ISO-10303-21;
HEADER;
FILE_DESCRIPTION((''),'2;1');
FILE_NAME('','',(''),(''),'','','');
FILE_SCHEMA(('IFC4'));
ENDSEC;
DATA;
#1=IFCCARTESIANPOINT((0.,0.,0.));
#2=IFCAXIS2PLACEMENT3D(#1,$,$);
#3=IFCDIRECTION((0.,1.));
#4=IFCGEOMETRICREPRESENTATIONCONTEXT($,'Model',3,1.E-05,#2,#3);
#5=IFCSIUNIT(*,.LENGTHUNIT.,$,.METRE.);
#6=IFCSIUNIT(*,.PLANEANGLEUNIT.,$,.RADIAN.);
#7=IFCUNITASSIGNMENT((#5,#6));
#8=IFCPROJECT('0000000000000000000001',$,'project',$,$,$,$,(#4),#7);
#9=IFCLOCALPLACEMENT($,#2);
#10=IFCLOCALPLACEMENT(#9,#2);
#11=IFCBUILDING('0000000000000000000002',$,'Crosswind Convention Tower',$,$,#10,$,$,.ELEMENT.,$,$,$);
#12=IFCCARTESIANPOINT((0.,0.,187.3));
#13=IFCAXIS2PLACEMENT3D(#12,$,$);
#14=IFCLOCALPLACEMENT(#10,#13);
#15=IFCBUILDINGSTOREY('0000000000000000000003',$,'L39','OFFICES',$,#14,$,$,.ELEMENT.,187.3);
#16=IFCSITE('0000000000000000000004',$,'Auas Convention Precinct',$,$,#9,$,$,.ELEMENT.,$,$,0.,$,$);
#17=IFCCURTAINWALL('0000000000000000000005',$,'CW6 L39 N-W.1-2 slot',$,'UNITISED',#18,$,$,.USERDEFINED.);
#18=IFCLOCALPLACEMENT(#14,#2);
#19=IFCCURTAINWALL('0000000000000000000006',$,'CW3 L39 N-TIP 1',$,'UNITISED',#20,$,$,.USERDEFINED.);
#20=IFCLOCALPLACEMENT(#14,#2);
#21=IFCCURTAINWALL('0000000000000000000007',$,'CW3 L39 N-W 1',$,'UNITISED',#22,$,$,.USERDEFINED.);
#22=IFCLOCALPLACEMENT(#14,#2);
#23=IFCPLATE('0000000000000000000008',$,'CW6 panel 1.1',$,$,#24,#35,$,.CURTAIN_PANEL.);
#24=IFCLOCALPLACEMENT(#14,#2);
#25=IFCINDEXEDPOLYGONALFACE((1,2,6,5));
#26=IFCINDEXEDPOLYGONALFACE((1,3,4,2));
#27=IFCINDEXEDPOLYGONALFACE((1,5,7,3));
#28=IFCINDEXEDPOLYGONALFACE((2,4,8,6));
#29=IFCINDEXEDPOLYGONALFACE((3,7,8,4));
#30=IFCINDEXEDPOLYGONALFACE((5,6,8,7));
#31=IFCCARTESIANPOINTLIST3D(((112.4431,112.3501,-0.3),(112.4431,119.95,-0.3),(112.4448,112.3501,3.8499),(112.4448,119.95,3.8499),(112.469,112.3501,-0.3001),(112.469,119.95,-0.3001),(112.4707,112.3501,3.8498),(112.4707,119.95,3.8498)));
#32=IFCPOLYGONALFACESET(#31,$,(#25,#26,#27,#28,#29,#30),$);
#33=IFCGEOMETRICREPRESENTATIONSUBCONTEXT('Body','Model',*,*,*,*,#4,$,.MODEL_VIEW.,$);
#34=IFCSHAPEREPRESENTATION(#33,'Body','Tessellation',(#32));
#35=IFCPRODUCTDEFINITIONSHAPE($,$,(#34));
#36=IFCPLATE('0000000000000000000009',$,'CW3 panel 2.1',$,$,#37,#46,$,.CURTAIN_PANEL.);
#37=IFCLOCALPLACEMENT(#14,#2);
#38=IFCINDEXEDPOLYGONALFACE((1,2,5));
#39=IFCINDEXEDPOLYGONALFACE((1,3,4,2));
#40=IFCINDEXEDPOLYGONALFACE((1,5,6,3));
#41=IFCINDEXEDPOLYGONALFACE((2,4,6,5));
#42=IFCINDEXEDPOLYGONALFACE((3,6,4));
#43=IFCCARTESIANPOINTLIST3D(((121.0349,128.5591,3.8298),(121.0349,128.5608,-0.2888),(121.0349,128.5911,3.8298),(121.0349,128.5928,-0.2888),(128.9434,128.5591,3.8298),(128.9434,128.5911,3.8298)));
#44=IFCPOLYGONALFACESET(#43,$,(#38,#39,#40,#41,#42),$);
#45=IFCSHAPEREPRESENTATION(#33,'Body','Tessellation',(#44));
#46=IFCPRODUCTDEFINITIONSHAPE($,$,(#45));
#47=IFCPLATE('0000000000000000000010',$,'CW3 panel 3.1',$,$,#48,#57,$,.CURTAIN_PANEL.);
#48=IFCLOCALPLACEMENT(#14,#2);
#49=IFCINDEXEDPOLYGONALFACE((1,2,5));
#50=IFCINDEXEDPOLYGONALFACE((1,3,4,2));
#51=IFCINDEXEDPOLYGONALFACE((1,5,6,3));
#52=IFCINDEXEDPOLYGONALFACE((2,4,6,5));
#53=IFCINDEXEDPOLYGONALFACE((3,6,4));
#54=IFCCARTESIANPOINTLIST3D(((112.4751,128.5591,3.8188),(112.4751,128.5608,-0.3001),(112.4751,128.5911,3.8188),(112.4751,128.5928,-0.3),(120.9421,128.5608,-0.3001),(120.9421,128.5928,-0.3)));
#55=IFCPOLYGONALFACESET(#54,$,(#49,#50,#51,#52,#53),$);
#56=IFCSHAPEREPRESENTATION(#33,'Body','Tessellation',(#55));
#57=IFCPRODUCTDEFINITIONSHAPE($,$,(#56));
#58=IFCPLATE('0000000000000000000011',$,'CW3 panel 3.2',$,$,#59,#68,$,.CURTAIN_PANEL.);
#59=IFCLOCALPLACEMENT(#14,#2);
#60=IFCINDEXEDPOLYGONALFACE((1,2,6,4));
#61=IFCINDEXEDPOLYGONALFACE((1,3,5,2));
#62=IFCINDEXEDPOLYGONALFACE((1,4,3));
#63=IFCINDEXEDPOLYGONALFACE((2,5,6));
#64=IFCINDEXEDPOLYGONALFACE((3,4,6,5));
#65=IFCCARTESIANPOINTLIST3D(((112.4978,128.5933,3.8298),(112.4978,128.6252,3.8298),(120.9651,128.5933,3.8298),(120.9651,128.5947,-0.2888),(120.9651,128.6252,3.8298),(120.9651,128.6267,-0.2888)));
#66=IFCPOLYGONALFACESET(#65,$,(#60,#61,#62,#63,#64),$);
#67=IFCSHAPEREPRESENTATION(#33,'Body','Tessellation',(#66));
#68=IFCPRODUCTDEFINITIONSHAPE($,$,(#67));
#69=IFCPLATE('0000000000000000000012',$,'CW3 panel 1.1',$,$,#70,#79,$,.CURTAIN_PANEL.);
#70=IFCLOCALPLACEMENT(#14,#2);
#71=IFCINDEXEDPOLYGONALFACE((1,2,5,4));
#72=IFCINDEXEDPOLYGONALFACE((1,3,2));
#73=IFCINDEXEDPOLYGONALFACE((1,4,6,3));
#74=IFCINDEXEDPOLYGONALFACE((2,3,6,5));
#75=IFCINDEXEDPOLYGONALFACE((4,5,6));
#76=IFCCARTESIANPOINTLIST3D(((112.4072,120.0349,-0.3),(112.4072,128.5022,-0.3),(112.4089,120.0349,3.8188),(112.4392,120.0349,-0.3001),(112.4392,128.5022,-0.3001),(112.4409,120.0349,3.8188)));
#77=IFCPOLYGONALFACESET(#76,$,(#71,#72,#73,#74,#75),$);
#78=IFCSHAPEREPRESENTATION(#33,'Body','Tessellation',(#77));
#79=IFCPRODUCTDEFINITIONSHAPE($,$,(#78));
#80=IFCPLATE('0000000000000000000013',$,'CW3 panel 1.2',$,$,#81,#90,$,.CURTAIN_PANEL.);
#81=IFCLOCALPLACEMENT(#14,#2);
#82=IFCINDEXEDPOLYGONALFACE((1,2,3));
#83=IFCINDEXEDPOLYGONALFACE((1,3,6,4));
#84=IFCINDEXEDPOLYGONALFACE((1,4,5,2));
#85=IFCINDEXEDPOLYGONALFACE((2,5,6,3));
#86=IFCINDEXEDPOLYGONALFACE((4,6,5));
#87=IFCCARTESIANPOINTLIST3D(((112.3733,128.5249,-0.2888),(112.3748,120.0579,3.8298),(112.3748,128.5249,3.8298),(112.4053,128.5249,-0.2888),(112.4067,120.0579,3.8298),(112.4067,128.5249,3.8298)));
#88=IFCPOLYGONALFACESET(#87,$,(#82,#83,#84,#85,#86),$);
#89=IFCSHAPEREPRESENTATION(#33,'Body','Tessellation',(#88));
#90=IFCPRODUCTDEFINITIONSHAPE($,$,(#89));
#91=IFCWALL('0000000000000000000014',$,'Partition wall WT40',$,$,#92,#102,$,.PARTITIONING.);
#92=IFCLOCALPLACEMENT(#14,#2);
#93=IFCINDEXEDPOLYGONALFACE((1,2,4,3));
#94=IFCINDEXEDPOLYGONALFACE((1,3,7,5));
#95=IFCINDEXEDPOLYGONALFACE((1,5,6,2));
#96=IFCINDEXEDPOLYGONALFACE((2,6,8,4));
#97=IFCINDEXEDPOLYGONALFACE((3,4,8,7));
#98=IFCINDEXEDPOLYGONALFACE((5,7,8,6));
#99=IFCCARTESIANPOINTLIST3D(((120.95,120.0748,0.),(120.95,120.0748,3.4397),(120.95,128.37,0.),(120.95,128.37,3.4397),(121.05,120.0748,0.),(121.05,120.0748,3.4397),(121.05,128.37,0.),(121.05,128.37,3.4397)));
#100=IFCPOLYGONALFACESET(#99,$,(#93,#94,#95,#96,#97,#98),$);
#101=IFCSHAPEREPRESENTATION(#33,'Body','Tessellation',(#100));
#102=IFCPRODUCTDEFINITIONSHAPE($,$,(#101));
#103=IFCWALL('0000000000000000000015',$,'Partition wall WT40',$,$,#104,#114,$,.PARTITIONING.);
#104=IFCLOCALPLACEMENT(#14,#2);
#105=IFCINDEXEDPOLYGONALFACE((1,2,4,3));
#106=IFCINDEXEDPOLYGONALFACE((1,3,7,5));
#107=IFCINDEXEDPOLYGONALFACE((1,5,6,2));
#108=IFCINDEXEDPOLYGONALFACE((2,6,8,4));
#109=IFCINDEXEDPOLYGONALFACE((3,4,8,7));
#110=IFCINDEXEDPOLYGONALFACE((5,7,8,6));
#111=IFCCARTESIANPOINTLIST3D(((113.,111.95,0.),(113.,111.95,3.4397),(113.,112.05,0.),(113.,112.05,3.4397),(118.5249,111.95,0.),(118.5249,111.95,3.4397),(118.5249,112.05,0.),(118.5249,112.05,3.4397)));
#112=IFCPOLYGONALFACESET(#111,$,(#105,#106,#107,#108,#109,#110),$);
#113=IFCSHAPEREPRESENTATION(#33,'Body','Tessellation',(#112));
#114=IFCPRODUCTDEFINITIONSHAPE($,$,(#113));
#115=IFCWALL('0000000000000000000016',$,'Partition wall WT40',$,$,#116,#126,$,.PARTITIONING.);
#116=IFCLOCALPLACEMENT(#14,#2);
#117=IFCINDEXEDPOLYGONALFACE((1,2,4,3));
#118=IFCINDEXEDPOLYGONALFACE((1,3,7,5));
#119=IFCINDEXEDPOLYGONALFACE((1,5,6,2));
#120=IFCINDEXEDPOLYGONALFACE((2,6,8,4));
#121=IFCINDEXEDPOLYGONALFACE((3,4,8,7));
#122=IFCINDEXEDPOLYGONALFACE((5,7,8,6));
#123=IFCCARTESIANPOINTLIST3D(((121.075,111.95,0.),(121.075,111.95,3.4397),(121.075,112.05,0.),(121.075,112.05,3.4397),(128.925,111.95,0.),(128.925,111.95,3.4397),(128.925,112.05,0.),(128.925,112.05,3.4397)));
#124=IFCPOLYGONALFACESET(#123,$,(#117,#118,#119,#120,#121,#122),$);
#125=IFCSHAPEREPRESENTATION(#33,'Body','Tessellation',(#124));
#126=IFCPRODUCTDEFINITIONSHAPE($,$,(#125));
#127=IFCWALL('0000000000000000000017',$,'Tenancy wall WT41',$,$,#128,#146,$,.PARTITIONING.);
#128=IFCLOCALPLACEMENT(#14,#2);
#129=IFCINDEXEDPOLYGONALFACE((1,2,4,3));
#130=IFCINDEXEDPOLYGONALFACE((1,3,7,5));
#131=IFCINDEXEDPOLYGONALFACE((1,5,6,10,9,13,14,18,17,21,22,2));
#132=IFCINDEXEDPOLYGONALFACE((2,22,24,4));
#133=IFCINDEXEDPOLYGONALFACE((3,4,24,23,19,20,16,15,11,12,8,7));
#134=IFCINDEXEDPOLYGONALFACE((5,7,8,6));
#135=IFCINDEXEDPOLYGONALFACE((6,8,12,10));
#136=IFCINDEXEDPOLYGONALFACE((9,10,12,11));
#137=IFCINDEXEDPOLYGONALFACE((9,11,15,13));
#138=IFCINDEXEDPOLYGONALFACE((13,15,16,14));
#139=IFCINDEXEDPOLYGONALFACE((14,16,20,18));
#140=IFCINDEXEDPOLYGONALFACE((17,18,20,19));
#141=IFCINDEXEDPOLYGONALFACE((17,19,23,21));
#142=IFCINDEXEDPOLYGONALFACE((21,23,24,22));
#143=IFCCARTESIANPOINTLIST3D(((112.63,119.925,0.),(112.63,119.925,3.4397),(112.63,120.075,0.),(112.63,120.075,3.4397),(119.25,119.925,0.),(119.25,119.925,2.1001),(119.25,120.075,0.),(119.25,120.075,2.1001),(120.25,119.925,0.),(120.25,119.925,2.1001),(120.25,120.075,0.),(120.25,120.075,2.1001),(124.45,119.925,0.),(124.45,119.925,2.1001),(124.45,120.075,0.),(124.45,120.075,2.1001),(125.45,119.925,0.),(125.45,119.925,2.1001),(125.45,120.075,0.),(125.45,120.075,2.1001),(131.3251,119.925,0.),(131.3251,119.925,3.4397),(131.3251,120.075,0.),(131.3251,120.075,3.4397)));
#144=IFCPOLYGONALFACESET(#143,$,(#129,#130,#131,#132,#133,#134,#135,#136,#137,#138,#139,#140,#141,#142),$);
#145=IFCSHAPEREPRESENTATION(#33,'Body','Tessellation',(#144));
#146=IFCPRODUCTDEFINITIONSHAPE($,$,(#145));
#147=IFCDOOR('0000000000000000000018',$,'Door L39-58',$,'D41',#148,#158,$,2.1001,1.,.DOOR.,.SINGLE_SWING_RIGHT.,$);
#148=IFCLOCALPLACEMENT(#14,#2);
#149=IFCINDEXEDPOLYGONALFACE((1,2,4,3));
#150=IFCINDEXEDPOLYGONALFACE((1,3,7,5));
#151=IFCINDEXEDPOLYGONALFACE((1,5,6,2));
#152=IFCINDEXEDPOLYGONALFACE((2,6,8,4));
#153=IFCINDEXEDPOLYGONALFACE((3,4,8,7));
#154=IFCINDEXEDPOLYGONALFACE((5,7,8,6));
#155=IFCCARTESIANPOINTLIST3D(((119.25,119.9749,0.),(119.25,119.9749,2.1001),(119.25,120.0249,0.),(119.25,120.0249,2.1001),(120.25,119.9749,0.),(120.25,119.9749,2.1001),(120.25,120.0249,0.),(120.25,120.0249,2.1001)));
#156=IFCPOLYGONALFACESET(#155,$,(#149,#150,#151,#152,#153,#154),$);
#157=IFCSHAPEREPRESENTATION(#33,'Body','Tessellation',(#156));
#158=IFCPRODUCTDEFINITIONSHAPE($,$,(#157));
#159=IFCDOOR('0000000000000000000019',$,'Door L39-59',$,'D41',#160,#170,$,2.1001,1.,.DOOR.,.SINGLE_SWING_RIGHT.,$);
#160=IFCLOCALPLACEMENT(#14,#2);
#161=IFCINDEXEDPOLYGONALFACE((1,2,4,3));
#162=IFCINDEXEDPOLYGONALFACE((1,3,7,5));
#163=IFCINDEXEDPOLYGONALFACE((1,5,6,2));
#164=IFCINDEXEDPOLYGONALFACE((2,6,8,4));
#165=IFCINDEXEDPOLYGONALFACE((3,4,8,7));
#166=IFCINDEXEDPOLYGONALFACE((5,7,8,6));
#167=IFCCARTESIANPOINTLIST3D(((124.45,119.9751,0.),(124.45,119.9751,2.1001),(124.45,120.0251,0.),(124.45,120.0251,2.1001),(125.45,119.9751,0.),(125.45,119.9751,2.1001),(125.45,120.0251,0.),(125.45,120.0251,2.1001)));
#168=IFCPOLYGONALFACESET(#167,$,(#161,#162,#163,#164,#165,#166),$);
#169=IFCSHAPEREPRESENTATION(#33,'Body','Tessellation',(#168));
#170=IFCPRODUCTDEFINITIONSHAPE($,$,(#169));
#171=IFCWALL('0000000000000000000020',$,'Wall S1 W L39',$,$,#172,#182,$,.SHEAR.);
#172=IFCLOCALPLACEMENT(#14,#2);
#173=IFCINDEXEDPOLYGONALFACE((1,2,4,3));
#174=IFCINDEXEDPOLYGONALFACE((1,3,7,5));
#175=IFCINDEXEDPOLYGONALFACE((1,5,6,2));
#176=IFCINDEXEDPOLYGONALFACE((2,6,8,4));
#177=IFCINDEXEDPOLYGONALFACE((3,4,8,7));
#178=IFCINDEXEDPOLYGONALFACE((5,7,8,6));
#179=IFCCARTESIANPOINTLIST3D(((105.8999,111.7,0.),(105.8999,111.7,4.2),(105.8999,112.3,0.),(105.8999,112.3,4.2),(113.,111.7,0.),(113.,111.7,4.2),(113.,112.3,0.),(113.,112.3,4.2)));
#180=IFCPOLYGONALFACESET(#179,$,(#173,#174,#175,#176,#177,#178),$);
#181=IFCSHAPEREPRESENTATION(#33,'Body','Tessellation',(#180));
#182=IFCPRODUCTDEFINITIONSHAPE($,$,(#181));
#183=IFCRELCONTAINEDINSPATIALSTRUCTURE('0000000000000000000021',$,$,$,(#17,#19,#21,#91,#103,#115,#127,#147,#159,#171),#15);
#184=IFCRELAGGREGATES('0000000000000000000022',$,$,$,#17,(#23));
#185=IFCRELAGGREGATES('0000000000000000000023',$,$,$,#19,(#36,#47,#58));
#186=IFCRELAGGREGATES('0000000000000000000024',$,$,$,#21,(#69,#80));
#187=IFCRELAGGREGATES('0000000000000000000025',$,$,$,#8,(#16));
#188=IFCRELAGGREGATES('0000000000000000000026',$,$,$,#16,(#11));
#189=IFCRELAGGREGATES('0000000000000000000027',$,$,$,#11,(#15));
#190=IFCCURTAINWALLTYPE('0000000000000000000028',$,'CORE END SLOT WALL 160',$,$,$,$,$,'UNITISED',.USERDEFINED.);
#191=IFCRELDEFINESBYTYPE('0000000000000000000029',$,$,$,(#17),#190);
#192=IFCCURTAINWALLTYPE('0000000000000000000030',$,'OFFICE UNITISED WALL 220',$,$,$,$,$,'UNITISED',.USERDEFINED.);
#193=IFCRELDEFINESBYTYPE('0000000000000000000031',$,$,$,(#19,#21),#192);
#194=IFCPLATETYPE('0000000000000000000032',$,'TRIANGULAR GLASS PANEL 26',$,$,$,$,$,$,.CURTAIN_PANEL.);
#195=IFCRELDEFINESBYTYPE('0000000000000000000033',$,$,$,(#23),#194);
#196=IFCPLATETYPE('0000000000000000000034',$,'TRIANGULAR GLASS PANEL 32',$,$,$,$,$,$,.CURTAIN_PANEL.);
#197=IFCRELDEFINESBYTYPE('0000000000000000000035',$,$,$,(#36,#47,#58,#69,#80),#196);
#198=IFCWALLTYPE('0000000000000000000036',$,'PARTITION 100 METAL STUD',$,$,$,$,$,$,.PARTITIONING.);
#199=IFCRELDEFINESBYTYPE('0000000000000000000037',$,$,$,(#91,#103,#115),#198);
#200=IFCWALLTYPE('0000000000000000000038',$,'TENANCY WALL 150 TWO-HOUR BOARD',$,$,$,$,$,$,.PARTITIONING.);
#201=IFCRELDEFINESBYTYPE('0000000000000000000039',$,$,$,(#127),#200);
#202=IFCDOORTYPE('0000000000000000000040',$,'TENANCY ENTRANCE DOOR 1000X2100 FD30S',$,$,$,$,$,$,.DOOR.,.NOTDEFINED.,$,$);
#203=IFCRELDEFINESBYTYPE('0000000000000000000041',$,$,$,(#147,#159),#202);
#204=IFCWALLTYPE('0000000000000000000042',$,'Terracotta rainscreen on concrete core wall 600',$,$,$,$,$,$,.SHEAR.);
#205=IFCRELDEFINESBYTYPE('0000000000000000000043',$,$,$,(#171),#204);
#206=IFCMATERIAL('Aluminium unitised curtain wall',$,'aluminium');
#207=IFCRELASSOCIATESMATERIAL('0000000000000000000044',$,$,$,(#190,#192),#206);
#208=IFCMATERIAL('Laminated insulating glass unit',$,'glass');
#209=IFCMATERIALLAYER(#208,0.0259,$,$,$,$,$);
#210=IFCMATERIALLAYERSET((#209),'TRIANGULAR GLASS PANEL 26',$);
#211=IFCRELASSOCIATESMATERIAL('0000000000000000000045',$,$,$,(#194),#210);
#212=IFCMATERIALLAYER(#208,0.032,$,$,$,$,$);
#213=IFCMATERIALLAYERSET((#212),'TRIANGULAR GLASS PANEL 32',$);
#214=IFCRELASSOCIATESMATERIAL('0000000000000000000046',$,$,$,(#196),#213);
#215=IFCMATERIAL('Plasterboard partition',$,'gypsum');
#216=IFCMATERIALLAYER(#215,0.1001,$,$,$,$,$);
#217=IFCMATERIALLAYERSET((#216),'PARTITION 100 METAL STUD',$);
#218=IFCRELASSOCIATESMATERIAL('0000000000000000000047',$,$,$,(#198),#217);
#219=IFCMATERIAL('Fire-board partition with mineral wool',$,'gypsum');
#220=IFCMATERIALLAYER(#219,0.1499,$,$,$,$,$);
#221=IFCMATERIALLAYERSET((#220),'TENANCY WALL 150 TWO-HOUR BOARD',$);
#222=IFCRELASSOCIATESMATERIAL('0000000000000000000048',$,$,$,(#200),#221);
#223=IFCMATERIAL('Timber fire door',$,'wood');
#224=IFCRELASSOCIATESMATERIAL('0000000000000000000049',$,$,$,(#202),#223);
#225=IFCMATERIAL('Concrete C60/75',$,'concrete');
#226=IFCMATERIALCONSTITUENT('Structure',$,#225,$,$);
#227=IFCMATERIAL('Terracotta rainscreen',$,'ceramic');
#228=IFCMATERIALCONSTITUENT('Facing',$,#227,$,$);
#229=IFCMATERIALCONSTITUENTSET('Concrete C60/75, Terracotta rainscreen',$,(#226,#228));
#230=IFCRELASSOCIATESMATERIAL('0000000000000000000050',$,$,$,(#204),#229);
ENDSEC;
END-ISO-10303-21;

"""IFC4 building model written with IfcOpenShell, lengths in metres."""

from ifc_helpers import new_model, si_unit, direction, frame, frame_2d, origin, place, context, subcontext, project, spatial, polyline, rectangle, outline, extrude, material, layer, layer_set, constituent, constituent_set, type_object, element, fill, aggregate, save


model = new_model("IFC4")

# Units and contexts
model_context = context("Model", 3, precision=1e-05, world=origin(), true_north=direction((0.0, 1.0)))
body_context = subcontext(model_context, "Body", "Model", "MODEL_VIEW")
ifc_project = project(units=[si_unit("LENGTHUNIT", "METRE"), si_unit("PLANEANGLEUNIT", "RADIAN")], contexts=[model_context])

# Site, building, storey
site_placement = place(None, origin())
site = spatial("IfcSite", under=ifc_project, at=site_placement, Name="Auas Convention Precinct", CompositionType="ELEMENT", RefElevation=0.0)
building_placement = place(site_placement, origin())
building = spatial("IfcBuilding", under=site, at=building_placement, Name="Crosswind Convention Tower", CompositionType="ELEMENT")
storey_placement = place(building_placement, frame((0.0, 0.0, 187.3)))
storey = spatial("IfcBuildingStorey", under=building, at=storey_placement, Name="L39", Description="OFFICES", CompositionType="ELEMENT", Elevation=187.3)

# Shared definitions
ifc_material_1 = material(Name="Concrete C60/75", Category="concrete")

# Curtain walls
ifc_material_2 = material(Name="Aluminium unitised curtain wall", Category="aluminium")
curtain_wall_type_1 = type_object("IfcCurtainWallType", Name="CORE END SLOT WALL 160", ElementType="UNITISED", PredefinedType="USERDEFINED", material=ifc_material_2)
curtain_wall_1_placement = place(storey_placement, origin())
curtain_wall_1 = element("IfcCurtainWall", 1, at=curtain_wall_1_placement, inside=storey, type_object=curtain_wall_type_1, Name="CW6 L39 N-W.1-2 slot", ObjectType="UNITISED", PredefinedType="USERDEFINED")
curtain_wall_type_2 = type_object("IfcCurtainWallType", Name="OFFICE UNITISED WALL 220", ElementType="UNITISED", PredefinedType="USERDEFINED", material=ifc_material_2)
curtain_wall_2_placement = place(storey_placement, origin())
curtain_wall_2 = element("IfcCurtainWall", 2, at=curtain_wall_2_placement, inside=storey, type_object=curtain_wall_type_2, Name="CW3 L39 N-TIP 1", ObjectType="UNITISED", PredefinedType="USERDEFINED")

# Curtain wall
curtain_wall_3_placement = place(storey_placement, origin())
curtain_wall_3 = element("IfcCurtainWall", 3, at=curtain_wall_3_placement, inside=storey, type_object=curtain_wall_type_2, Name="CW3 L39 N-W 1", ObjectType="UNITISED", PredefinedType="USERDEFINED")

# Plates
ifc_material_3 = material(Name="Laminated insulating glass unit", Category="glass")
ifc_layer_1 = layer(ifc_material_3, 0.0259)
ifc_layer_set_1 = layer_set([ifc_layer_1], Name="TRIANGULAR GLASS PANEL 26")
plate_type_1 = type_object("IfcPlateType", Name="TRIANGULAR GLASS PANEL 26", PredefinedType="CURTAIN_PANEL", material=ifc_layer_set_1)
plate_1_placement = place(storey_placement, frame((112.4431, 119.95, -0.3), z_axis=(-1.0, 0.0, 0.000412), x_axis=(0.0, -1.0, 0.0)))
plate_1 = element("IfcPlate", 4, at=plate_1_placement, type_object=plate_type_1, Name="CW6 panel 1.1", PredefinedType="CURTAIN_PANEL", context=body_context, shape_type="SweptSolid", body=[
    extrude(outline(polyline([(0.0, 0.0), (7.5999, 0.0), (7.5999, 4.1499), (0.0, 4.1499), (0.0, 0.0)])), origin(), (0.0, 0.0, -1.0), 0.0259),
])
aggregate(curtain_wall_1, [plate_1])
ifc_layer_2 = layer(ifc_material_3, 0.032)
ifc_layer_set_2 = layer_set([ifc_layer_2], Name="TRIANGULAR GLASS PANEL 32")
plate_type_2 = type_object("IfcPlateType", Name="TRIANGULAR GLASS PANEL 32", PredefinedType="CURTAIN_PANEL", material=ifc_layer_set_2)
plate_2_placement = place(storey_placement, frame((121.0349, 128.5911, 3.8298), z_axis=(0.0, 1.0, 0.000415), x_axis=(1.0, 0.0, 0.0)))
plate_2 = element("IfcPlate", 5, at=plate_2_placement, type_object=plate_type_2, Name="CW3 panel 2.1", PredefinedType="CURTAIN_PANEL", context=body_context, shape_type="SweptSolid", body=[
    extrude(outline(polyline([(0.0, 0.0), (7.9084, 0.0), (0.0, 4.1187), (0.0, 0.0)])), origin(), (0.0, 0.0, -1.0), 0.032),
])
plate_3_placement = place(storey_placement, frame((112.4751, 128.5928, -0.3), z_axis=(0.0, 1.0, 0.000415), x_axis=(0.0, -0.000415, 1.0)))
plate_3 = element("IfcPlate", 6, at=plate_3_placement, type_object=plate_type_2, Name="CW3 panel 3.1", PredefinedType="CURTAIN_PANEL", context=body_context, shape_type="SweptSolid", body=[
    extrude(outline(polyline([(0.0, 0.0), (4.1189, 0.0), (0.0, 8.467), (0.0, 0.0)])), origin(), (0.0, 0.0, -1.0), 0.032),
])
plate_4_placement = place(storey_placement, frame((120.9651, 128.6252, 3.8298), z_axis=(0.0, 1.0, 0.000356), x_axis=(0.0, 0.000356, -1.0)))
plate_4 = element("IfcPlate", 7, at=plate_4_placement, type_object=plate_type_2, Name="CW3 panel 3.2", PredefinedType="CURTAIN_PANEL", context=body_context, shape_type="SweptSolid", body=[
    extrude(outline(polyline([(0.0, 0.0), (4.1187, 0.0), (0.0, 8.4673), (0.0, 0.0)])), origin(), (0.0, 0.0, -1.0), 0.032),
])
aggregate(curtain_wall_2, [plate_2, plate_3, plate_4])
plate_5_placement = place(storey_placement, frame((112.4072, 120.0349, -0.3), z_axis=(-1.0, 0.0, 0.000415), x_axis=(0.000415, 0.0, 1.0)))
plate_5 = element("IfcPlate", 8, at=plate_5_placement, type_object=plate_type_2, Name="CW3 panel 1.1", PredefinedType="CURTAIN_PANEL", context=body_context, shape_type="SweptSolid", body=[
    extrude(outline(polyline([(0.0, 0.0), (4.1189, 0.0), (0.0, 8.4673), (0.0, 0.0)])), origin(), (0.0, 0.0, -1.0), 0.032),
])
plate_6_placement = place(storey_placement, frame((112.3748, 128.5249, 3.8298), z_axis=(-1.0, 0.0, 0.000356), x_axis=(-0.000356, 0.0, -1.0)))
plate_6 = element("IfcPlate", 9, at=plate_6_placement, type_object=plate_type_2, Name="CW3 panel 1.2", PredefinedType="CURTAIN_PANEL", context=body_context, shape_type="SweptSolid", body=[
    extrude(outline(polyline([(0.0, 0.0), (4.1187, 0.0), (0.0, 8.467), (0.0, 0.0)])), origin(), (0.0, 0.0, -1.0), 0.032),
])

# Walls
ifc_material_4 = material(Name="Plasterboard partition", Category="gypsum")
ifc_layer_3 = layer(ifc_material_4, 0.1001)
ifc_layer_set_3 = layer_set([ifc_layer_3], Name="PARTITION 100 METAL STUD")
wall_type_1 = type_object("IfcWallType", Name="PARTITION 100 METAL STUD", PredefinedType="PARTITIONING", material=ifc_layer_set_3)
wall_1_placement = place(storey_placement, frame((121.0, 120.075, 0.0), z_axis=(0.0, 0.0, 1.0), x_axis=(0.0, 1.0, 0.0)))
element("IfcWall", 10, at=wall_1_placement, inside=storey, type_object=wall_type_1, Name="Partition wall WT40", PredefinedType="PARTITIONING", context=body_context, shape_type="SweptSolid", body=[
    extrude(rectangle(XDim=8.2952, YDim=0.1001, at=frame_2d((4.1475, 0.0))), origin(), (0.0, 0.0, 1.0), 3.4397),
])
wall_2_placement = place(storey_placement, frame((113.0, 112.0, 0.0), z_axis=(0.0, 0.0, 1.0), x_axis=(1.0, 0.0, 0.0)))
element("IfcWall", 11, at=wall_2_placement, inside=storey, type_object=wall_type_1, Name="Partition wall WT40", PredefinedType="PARTITIONING", context=body_context, shape_type="SweptSolid", body=[
    extrude(rectangle(XDim=5.5249, YDim=0.1001, at=frame_2d((2.7625, 0.0))), origin(), (0.0, 0.0, 1.0), 3.4397),
])
wall_3_placement = place(storey_placement, frame((121.075, 112.0, 0.0), z_axis=(0.0, 0.0, 1.0), x_axis=(1.0, 0.0, 0.0)))
element("IfcWall", 12, at=wall_3_placement, inside=storey, type_object=wall_type_1, Name="Partition wall WT40", PredefinedType="PARTITIONING", context=body_context, shape_type="SweptSolid", body=[
    extrude(rectangle(XDim=7.8501, YDim=0.1001, at=frame_2d((3.925, 0.0))), origin(), (0.0, 0.0, 1.0), 3.4397),
])

# Wall, openings, doors
ifc_material_5 = material(Name="Fire-board partition with mineral wool", Category="gypsum")
ifc_layer_4 = layer(ifc_material_5, 0.1499)
ifc_layer_set_4 = layer_set([ifc_layer_4], Name="TENANCY WALL 150 TWO-HOUR BOARD")
wall_type_2 = type_object("IfcWallType", Name="TENANCY WALL 150 TWO-HOUR BOARD", PredefinedType="PARTITIONING", material=ifc_layer_set_4)
wall_4_placement = place(storey_placement, frame((112.6299, 120.0, 0.0), z_axis=(0.0, 0.0, 1.0), x_axis=(1.0, 0.0, 0.0)))
wall_4 = element("IfcWall", 13, at=wall_4_placement, inside=storey, type_object=wall_type_2, Name="Tenancy wall WT41", PredefinedType="PARTITIONING", context=body_context, shape_type="SweptSolid", body=[
    extrude(rectangle(XDim=18.6951, YDim=0.1499, at=frame_2d((9.3477, 0.0))), origin(), (0.0, 0.0, 1.0), 3.4397),
])
opening_1_placement = place(wall_4_placement, frame((6.6201, 0.0, 0.0)))
opening_1 = element("IfcOpeningElement", 14, at=opening_1_placement, cuts=wall_4, PredefinedType="OPENING", context=body_context, shape_type="SweptSolid", body=[
    extrude(rectangle(XDim=1.0, YDim=2.1001, at=frame_2d((0.5, 1.05))), frame((0.0, 0.085, 0.0), z_axis=(0.0, -1.0, 0.0), x_axis=(1.0, 0.0, 0.0)), (0.0, 0.0, 1.0), 0.1699),
])
opening_2_placement = place(wall_4_placement, frame((11.8201, 0.0, 0.0)))
opening_2 = element("IfcOpeningElement", 15, at=opening_2_placement, cuts=wall_4, PredefinedType="OPENING", context=body_context, shape_type="SweptSolid", body=[
    extrude(rectangle(XDim=1.0, YDim=2.1001, at=frame_2d((0.5, 1.05))), frame((0.0, 0.085, 0.0), z_axis=(0.0, -1.0, 0.0), x_axis=(1.0, 0.0, 0.0)), (0.0, 0.0, 1.0), 0.1699),
])
ifc_material_6 = material(Name="Timber fire door", Category="wood")
door_type = type_object("IfcDoorType", Name="TENANCY ENTRANCE DOOR 1000X2100 FD30S", OperationType="NOTDEFINED", PredefinedType="DOOR", material=ifc_material_6)
door_1_placement = place(opening_1_placement, origin())
door_1 = element("IfcDoor", 16, at=door_1_placement, inside=storey, type_object=door_type, Name="Door L39-58", ObjectType="D41", OperationType="SINGLE_SWING_RIGHT", OverallHeight=2.1001, OverallWidth=1.0, PredefinedType="DOOR", context=body_context, shape_type="SweptSolid", body=[
    extrude(rectangle(XDim=1.0, YDim=2.1001, at=frame_2d((0.5, 1.05))), frame((0.0, 0.0249, 0.0), z_axis=(0.0, -1.0, 0.0), x_axis=(1.0, 0.0, 0.0)), (0.0, 0.0, 1.0), 0.05),
])
fill(opening_1, door_1)
door_2_placement = place(opening_2_placement, frame((1.0, 0.0, 0.0), z_axis=(0.0, 0.0, 1.0), x_axis=(-1.0, 0.0, 0.0)))
door_2 = element("IfcDoor", 17, at=door_2_placement, inside=storey, type_object=door_type, Name="Door L39-59", ObjectType="D41", OperationType="SINGLE_SWING_RIGHT", OverallHeight=2.1001, OverallWidth=1.0, PredefinedType="DOOR", context=body_context, shape_type="SweptSolid", body=[
    extrude(rectangle(XDim=1.0, YDim=2.1001, at=frame_2d((0.5, 1.05))), frame((0.0, 0.0249, 0.0), z_axis=(0.0, -1.0, 0.0), x_axis=(1.0, 0.0, 0.0)), (0.0, 0.0, 1.0), 0.05),
])
fill(opening_2, door_2)

# Wall
ifc_constituent_1 = constituent(ifc_material_1, Name="Structure")
ifc_material_7 = material(Name="Terracotta rainscreen", Category="ceramic")
ifc_constituent_2 = constituent(ifc_material_7, Name="Facing")
ifc_constituent_set = constituent_set(constituents=[ifc_constituent_1, ifc_constituent_2], Name="Concrete C60/75, Terracotta rainscreen")
wall_type_3 = type_object("IfcWallType", Name="Terracotta rainscreen on concrete core wall 600", PredefinedType="SHEAR", material=ifc_constituent_set)
wall_5_placement = place(storey_placement, frame((113.0, 112.0, 0.0), z_axis=(0.0, 0.0, 1.0), x_axis=(-1.0, 0.0, 0.0)))
element("IfcWall", 18, at=wall_5_placement, inside=storey, type_object=wall_type_3, Name="Wall S1 W L39", PredefinedType="SHEAR", context=body_context, shape_type="SweptSolid", body=[
    extrude(rectangle(XDim=7.1001, YDim=0.6001, at=frame_2d((3.55, 0.0))), origin(), (0.0, 0.0, 1.0), 4.2),
])

aggregate(curtain_wall_3, [plate_5, plate_6])

save(model, "model.ifc")
